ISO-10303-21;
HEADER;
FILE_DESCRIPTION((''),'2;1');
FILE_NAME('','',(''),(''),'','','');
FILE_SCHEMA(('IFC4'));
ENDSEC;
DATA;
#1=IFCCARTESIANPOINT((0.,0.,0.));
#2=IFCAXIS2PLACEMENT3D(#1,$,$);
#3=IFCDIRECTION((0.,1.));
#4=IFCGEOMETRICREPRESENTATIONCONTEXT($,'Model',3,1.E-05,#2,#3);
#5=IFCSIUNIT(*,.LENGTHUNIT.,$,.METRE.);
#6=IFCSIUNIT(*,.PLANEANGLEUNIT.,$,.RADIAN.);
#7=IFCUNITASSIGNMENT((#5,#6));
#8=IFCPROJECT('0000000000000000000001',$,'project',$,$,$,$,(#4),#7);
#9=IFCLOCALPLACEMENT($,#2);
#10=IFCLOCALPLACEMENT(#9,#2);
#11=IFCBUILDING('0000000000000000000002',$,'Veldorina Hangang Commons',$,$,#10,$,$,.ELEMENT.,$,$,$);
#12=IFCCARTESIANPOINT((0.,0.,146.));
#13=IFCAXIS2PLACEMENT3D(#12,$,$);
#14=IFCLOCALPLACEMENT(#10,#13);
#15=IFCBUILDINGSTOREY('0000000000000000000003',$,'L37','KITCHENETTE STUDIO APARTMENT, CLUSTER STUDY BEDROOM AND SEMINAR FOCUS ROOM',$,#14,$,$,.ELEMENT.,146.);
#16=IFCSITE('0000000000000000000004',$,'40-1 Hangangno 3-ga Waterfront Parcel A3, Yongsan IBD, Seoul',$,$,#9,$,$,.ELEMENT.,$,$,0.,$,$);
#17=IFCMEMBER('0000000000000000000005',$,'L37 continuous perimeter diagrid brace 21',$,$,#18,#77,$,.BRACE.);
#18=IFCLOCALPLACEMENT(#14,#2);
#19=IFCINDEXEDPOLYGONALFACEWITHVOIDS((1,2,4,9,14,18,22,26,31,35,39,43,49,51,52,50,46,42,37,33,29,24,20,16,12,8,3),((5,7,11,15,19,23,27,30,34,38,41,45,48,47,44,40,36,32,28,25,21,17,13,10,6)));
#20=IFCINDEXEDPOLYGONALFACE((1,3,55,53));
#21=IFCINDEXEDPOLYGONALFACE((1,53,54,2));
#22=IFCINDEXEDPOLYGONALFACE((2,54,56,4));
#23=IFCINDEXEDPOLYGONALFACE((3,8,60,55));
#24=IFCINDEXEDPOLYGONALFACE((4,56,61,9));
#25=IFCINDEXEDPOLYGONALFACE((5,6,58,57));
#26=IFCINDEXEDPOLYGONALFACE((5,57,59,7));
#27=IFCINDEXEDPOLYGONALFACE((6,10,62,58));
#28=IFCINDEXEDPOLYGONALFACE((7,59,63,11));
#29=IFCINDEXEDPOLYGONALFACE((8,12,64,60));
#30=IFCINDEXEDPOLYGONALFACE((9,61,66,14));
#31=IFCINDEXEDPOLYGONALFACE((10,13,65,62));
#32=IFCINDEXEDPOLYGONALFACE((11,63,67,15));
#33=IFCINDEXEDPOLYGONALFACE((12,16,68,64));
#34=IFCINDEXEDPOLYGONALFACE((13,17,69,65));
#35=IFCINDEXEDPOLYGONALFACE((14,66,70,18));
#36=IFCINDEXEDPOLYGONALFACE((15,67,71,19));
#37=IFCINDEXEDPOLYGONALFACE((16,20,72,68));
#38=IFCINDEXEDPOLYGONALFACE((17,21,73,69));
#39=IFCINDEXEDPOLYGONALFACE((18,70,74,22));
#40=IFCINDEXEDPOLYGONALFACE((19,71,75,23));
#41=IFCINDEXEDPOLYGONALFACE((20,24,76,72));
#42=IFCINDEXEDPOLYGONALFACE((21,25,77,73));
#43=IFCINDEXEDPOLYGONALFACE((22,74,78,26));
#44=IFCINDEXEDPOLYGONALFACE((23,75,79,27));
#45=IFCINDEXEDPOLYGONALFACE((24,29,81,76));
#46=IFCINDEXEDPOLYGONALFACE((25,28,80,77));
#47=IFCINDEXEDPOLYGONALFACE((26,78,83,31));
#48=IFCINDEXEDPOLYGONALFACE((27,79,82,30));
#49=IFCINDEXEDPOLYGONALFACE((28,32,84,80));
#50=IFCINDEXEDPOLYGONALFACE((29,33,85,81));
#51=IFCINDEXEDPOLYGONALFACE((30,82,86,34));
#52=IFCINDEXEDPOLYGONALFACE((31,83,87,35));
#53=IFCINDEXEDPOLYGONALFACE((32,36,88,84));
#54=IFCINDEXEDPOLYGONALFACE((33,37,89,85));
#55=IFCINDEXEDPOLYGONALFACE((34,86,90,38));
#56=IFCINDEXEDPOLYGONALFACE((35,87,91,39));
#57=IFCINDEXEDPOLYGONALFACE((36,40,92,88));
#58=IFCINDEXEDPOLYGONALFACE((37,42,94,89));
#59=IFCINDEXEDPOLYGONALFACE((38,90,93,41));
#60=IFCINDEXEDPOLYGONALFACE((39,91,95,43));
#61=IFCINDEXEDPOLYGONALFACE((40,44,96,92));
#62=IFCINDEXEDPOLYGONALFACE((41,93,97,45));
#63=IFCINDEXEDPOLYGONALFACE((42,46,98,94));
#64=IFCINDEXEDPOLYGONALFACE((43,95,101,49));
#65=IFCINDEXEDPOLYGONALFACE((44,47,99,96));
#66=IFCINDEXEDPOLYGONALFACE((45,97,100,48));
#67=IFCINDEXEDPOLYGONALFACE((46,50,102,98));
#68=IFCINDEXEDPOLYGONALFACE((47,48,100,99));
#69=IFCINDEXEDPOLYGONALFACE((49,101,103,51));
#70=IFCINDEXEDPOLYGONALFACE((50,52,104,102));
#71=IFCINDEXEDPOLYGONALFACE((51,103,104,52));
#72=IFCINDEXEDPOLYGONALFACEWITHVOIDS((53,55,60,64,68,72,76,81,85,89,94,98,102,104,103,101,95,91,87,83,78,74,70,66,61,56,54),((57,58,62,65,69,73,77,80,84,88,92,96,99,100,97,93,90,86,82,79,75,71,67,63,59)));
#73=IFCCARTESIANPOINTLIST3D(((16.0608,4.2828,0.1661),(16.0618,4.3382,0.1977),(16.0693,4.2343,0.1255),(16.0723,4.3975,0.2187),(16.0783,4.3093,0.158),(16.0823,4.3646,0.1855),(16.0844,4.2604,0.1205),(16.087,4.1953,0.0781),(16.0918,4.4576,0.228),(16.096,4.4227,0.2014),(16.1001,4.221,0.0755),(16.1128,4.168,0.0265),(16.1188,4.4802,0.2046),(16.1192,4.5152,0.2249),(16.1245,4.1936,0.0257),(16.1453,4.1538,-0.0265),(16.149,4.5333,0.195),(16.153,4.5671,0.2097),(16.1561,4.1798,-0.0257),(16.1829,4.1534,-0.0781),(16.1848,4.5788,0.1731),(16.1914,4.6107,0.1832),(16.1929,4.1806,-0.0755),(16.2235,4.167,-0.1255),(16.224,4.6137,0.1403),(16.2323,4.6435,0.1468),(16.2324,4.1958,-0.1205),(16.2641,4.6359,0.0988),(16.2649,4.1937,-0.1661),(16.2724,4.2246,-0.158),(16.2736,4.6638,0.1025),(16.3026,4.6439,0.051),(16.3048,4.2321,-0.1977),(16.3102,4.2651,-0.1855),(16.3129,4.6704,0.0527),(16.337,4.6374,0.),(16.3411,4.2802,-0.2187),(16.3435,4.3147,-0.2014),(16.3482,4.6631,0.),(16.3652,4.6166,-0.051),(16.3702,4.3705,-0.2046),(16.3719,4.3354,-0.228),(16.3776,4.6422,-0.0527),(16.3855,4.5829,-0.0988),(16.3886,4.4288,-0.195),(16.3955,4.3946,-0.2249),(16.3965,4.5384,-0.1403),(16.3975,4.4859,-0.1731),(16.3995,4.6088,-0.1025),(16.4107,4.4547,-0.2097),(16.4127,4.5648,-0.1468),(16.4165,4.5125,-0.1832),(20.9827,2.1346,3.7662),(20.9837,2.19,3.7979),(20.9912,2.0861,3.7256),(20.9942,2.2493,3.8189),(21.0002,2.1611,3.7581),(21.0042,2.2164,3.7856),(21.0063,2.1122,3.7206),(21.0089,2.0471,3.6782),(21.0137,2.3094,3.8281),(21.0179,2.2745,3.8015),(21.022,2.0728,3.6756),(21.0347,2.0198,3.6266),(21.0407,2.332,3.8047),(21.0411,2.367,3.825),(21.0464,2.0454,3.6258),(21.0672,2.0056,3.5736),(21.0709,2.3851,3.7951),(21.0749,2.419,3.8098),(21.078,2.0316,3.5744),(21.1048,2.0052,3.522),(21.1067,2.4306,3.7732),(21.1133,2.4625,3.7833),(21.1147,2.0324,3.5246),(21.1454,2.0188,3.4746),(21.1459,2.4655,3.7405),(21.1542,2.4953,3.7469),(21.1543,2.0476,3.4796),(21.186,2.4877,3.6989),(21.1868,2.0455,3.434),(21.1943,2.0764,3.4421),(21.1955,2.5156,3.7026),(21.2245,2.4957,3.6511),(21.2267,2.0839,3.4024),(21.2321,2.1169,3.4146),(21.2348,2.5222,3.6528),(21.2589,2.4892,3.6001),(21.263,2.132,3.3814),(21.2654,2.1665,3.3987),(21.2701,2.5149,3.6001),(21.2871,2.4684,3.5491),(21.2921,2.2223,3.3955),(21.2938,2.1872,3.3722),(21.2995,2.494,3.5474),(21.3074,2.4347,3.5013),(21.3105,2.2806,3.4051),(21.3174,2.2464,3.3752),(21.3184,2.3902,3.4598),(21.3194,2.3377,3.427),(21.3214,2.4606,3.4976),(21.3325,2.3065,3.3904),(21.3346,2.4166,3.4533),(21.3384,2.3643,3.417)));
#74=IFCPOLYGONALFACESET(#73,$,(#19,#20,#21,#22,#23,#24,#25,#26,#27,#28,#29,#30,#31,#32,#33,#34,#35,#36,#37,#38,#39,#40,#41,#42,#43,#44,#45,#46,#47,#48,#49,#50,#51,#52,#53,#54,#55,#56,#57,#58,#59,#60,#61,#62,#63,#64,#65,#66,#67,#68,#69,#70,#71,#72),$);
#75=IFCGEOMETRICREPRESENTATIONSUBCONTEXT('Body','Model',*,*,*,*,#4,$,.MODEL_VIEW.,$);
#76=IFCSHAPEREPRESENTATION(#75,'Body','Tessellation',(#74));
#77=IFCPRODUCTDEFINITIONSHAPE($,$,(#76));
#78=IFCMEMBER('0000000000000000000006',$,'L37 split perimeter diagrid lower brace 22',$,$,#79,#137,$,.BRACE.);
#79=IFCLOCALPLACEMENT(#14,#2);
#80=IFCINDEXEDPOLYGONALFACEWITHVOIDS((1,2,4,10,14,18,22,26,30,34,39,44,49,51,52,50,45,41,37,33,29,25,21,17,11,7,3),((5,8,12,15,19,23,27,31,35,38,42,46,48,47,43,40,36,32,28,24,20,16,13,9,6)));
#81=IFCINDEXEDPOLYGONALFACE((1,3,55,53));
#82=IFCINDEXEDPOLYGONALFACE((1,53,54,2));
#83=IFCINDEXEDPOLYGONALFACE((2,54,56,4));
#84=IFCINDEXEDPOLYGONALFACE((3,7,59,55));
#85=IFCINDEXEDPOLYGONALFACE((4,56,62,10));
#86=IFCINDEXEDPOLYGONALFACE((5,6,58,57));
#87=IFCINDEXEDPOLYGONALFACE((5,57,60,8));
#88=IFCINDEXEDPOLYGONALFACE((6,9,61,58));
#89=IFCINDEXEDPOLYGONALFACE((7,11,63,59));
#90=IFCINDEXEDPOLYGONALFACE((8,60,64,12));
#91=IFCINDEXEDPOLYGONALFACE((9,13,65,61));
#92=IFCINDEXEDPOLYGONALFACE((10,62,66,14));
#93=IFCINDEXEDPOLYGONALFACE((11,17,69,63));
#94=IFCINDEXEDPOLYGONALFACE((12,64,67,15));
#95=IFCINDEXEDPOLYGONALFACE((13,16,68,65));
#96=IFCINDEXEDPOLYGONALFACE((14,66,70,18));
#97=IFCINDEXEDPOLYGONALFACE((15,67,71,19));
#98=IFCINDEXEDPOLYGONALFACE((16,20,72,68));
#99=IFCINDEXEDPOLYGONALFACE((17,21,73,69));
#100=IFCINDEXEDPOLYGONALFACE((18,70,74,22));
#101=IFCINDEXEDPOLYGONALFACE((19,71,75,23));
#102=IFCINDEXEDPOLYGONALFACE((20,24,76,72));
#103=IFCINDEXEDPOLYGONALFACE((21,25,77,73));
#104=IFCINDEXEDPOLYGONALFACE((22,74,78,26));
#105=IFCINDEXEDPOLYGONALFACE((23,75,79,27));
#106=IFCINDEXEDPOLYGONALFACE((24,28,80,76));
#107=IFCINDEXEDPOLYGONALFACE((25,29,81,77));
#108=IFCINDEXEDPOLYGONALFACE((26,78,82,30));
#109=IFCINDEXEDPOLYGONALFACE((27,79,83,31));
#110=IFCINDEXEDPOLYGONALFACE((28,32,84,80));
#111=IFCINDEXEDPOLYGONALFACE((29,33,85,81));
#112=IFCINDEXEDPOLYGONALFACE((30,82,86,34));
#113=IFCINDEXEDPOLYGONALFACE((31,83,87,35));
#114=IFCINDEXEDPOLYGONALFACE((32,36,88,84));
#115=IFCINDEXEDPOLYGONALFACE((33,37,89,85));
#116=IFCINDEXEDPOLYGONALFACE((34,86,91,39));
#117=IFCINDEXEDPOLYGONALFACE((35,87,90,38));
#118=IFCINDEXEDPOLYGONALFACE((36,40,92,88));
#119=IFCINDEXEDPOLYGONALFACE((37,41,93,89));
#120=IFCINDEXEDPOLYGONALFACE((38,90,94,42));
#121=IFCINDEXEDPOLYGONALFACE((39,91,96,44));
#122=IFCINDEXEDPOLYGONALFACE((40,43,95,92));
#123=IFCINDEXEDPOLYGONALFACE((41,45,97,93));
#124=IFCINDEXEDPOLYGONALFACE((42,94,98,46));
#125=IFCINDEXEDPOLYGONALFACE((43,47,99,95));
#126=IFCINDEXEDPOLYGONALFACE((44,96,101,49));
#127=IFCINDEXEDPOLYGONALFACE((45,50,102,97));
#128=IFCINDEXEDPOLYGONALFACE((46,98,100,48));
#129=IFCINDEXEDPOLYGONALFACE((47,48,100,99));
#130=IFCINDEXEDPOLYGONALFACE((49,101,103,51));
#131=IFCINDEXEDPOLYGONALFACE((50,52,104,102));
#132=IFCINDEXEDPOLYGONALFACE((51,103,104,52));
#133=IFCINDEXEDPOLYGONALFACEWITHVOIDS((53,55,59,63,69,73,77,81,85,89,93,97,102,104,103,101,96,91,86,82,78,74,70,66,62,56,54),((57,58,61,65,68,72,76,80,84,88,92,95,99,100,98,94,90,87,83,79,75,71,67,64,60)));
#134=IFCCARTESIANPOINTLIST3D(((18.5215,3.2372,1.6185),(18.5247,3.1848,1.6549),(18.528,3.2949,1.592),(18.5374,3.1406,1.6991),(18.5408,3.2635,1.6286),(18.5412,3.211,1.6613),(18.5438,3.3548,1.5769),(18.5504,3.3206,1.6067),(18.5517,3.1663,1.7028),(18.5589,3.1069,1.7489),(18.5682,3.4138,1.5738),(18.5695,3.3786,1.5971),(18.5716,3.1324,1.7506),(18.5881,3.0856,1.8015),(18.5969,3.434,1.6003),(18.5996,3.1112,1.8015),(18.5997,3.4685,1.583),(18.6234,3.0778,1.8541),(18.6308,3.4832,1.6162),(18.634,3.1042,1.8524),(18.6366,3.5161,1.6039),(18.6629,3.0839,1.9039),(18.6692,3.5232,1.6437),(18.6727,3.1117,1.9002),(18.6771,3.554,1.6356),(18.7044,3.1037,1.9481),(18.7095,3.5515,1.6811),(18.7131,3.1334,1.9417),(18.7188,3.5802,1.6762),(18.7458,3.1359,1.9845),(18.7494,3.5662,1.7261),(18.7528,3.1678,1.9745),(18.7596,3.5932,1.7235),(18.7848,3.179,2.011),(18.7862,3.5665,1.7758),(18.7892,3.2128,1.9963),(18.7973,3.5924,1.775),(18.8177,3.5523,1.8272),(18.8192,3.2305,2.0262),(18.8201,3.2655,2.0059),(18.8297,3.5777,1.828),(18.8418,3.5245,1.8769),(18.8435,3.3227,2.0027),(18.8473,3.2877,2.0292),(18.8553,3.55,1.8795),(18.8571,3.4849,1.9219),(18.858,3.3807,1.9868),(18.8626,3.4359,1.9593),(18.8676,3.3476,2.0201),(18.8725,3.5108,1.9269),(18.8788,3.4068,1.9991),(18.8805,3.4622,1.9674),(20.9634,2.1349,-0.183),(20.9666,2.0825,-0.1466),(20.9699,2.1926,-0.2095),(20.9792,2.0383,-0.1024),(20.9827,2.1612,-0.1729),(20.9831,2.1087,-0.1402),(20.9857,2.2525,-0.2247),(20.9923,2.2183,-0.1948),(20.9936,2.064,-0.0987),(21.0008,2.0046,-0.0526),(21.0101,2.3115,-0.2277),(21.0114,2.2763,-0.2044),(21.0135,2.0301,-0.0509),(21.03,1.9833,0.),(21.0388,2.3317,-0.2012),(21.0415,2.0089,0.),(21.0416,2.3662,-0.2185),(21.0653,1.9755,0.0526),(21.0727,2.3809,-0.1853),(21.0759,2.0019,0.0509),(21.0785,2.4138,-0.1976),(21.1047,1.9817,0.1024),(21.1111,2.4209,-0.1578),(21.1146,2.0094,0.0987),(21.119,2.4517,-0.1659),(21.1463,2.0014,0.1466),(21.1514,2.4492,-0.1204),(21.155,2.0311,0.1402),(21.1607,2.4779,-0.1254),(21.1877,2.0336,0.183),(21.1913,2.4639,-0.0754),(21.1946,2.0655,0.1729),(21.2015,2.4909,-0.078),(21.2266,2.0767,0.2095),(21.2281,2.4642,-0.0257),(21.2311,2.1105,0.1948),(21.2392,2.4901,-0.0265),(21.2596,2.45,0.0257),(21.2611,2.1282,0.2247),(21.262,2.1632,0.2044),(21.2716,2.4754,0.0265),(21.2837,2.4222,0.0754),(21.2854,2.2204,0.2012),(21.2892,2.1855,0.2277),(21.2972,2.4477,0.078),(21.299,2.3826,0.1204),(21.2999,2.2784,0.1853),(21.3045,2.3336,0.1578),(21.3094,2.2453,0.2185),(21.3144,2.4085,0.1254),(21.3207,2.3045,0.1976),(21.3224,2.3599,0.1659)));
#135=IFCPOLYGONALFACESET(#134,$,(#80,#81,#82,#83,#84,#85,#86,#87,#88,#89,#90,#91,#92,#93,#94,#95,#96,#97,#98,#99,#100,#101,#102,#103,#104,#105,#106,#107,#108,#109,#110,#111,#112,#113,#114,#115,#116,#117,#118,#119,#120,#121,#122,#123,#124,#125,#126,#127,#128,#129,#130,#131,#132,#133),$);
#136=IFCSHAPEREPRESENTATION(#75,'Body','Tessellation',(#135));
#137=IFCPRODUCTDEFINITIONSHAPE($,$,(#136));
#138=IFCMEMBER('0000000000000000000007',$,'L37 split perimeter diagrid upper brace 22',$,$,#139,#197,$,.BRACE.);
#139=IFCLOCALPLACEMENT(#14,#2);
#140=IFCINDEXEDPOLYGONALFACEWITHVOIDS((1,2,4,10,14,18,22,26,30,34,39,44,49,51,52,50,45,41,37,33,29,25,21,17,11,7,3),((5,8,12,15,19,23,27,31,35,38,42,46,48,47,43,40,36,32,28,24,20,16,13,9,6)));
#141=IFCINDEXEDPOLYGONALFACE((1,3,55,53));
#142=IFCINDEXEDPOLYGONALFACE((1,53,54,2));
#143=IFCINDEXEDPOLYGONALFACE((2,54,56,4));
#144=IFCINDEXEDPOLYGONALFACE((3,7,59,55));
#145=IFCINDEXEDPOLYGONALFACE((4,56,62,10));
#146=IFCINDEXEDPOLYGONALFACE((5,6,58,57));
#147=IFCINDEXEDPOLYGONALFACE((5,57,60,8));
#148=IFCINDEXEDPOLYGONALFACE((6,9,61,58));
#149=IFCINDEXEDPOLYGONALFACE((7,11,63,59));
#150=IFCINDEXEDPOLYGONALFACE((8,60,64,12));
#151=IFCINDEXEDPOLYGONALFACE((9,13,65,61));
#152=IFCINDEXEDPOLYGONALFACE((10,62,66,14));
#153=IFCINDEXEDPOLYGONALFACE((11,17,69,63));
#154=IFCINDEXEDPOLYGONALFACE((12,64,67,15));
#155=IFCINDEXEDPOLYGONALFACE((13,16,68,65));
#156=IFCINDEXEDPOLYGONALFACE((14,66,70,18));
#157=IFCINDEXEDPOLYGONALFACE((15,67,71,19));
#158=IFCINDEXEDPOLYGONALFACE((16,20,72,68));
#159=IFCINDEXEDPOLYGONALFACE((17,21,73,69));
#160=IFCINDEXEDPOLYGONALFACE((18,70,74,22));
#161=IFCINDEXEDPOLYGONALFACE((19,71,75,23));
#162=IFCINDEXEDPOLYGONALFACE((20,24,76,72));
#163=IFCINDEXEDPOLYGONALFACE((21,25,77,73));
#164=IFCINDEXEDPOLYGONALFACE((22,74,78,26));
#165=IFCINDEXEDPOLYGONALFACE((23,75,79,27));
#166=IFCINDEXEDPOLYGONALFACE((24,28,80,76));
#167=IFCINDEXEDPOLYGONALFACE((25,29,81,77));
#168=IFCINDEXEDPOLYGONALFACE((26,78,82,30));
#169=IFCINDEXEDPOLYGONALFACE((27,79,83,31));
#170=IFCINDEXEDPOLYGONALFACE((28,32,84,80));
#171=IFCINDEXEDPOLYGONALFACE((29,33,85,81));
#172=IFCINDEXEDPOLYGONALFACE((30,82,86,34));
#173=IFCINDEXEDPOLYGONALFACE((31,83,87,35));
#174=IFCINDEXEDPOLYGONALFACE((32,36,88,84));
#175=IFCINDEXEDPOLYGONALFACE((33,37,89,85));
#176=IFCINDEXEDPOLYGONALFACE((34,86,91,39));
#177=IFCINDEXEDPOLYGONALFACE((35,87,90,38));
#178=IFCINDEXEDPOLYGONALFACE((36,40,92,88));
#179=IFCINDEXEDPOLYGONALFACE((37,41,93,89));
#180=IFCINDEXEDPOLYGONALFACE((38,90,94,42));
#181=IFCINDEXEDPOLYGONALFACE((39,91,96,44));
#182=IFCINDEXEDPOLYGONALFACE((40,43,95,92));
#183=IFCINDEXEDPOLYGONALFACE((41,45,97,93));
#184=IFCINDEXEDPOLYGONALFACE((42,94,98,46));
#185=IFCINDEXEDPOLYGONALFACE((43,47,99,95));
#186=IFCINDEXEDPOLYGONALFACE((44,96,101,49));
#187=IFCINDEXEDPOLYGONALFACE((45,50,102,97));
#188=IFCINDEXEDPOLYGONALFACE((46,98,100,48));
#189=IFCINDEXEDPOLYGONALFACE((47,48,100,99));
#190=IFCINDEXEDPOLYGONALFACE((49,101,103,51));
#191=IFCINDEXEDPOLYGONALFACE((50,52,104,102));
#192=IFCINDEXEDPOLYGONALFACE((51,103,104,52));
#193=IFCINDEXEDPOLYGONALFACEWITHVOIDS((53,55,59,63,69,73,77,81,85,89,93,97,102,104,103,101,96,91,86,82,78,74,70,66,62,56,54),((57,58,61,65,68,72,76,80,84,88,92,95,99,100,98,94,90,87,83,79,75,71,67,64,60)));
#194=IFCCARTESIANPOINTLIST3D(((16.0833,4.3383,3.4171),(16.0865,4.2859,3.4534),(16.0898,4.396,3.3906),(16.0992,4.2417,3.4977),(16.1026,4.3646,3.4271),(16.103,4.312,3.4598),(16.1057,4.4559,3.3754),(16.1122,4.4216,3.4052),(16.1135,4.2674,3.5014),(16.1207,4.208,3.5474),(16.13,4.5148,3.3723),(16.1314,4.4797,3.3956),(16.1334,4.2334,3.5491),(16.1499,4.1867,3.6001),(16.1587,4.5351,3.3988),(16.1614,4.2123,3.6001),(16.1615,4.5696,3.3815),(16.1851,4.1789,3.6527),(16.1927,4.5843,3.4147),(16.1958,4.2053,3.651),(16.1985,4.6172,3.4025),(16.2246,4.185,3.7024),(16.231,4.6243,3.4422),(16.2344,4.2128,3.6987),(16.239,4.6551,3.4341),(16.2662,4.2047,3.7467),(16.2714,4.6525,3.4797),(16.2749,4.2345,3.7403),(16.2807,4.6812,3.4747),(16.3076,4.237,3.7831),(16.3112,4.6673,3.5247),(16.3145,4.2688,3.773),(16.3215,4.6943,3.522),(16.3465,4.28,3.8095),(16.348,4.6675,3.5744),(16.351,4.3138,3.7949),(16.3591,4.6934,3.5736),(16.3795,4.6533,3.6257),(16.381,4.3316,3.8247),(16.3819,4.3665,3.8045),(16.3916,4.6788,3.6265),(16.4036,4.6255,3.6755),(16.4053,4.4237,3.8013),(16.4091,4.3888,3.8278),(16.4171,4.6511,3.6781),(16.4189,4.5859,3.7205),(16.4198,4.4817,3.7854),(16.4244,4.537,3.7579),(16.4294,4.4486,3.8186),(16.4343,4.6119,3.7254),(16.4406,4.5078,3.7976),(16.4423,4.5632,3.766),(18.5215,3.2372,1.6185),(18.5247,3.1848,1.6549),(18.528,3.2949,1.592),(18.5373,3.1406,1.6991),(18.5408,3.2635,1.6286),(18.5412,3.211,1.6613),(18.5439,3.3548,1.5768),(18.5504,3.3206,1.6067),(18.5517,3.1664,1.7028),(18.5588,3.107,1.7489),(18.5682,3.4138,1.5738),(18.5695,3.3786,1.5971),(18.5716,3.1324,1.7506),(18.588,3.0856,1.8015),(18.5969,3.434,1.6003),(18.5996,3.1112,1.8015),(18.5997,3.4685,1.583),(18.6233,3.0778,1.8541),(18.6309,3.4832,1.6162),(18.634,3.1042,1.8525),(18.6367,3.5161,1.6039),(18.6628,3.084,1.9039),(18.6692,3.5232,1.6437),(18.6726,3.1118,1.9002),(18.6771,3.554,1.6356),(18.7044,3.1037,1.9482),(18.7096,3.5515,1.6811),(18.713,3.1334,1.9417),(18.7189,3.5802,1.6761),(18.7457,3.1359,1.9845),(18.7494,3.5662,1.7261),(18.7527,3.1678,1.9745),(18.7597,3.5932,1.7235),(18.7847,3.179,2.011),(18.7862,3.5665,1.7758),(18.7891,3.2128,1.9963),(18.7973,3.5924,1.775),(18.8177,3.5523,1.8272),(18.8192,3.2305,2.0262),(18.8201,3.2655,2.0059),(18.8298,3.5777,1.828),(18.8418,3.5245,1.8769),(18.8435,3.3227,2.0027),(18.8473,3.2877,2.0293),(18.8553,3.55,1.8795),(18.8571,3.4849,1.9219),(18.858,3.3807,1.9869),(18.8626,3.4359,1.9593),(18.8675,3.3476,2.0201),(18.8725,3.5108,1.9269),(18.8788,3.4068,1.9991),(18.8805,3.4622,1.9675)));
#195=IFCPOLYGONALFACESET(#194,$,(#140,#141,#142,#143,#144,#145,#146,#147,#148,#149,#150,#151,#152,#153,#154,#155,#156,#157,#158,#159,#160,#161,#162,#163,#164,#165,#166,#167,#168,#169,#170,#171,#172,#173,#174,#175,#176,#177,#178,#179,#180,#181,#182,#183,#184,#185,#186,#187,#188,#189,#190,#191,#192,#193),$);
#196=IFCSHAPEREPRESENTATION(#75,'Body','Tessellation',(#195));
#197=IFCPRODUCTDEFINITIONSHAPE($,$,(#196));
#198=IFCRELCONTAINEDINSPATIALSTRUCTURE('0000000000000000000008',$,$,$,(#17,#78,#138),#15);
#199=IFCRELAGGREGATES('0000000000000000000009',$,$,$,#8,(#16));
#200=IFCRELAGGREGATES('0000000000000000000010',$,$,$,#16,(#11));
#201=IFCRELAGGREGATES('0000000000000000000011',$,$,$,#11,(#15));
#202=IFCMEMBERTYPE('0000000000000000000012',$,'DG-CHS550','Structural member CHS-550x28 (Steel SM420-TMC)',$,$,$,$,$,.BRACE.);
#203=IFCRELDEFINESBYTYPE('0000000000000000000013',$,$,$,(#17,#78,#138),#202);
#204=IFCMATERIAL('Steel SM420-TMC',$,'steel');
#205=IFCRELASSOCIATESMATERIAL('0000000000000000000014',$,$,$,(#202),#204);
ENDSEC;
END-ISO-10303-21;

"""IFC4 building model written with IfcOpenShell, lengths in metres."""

from ifc_helpers import new_model, si_unit, direction, frame, origin, origin_2d, place, context, subcontext, project, spatial, hollow_circle, extrude, material, material_profile, profile_set, type_object, element, save


model = new_model("IFC4")

# Units and contexts
model_context = context("Model", 3, precision=1e-05, world=origin(), true_north=direction((0.0, 1.0)))
body_context = subcontext(model_context, "Body", "Model", "MODEL_VIEW")
ifc_project = project(units=[si_unit("LENGTHUNIT", "METRE"), si_unit("PLANEANGLEUNIT", "RADIAN")], contexts=[model_context])

# Site, building, storey
site_placement = place(None, origin())
site = spatial("IfcSite", under=ifc_project, at=site_placement, Name="40-1 Hangangno 3-ga Waterfront Parcel A3, Yongsan IBD, Seoul", CompositionType="ELEMENT", RefElevation=0.0)
building_placement = place(site_placement, origin())
building = spatial("IfcBuilding", under=site, at=building_placement, Name="Veldorina Hangang Commons", CompositionType="ELEMENT")
storey_placement = place(building_placement, frame((0.0, 0.0, 146.0)))
storey = spatial("IfcBuildingStorey", under=building, at=storey_placement, Name="L37", Description="KITCHENETTE STUDIO APARTMENT, CLUSTER STUDY BEDROOM AND SEMINAR FOCUS ROOM", CompositionType="ELEMENT", Elevation=146.0)

# Shared definitions
ifc_material_1 = material(Name="Steel SM420-TMC", Category="steel")

# Members
ifc_material_profile_1 = material_profile(ifc_material_1, hollow_circle(Radius=0.2749, WallThickness=0.0281, at=origin_2d()), Name="CHS-550x28")
ifc_profile_set_1 = profile_set([ifc_material_profile_1], Name="Steel SM420-TMC")
member_type_1 = type_object("IfcMemberType", Name="DG-CHS550", Description="Structural member CHS-550x28 (Steel SM420-TMC)", PredefinedType="BRACE", material=ifc_profile_set_1)
member_1_placement = place(storey_placement, frame((16.2383, 4.4111, 0.0), z_axis=(0.761274, -0.332264, 0.556833), x_axis=(0.400017, 0.916508, 0.0)))
element("IfcMember", 1, at=member_1_placement, inside=storey, type_object=member_type_1, Name="L37 continuous perimeter diagrid brace 21", PredefinedType="BRACE", context=body_context, shape_type="SweptSolid", body=[
    extrude(hollow_circle(Radius=0.2749, WallThickness=0.0281, at=origin_2d()), origin(), (0.0, 0.0, 1.0), 6.4653),
])
member_2_placement = place(storey_placement, frame((21.1431, 2.2339, 0.0), z_axis=(-0.756351, 0.341424, 0.557999), x_axis=(-0.411433, -0.91144, 0.0)))
element("IfcMember", 2, at=member_2_placement, inside=storey, type_object=member_type_1, Name="L37 split perimeter diagrid lower brace 22", PredefinedType="BRACE", context=body_context, shape_type="SweptSolid", body=[
    extrude(hollow_circle(Radius=0.2749, WallThickness=0.0281, at=origin_2d()), origin(), (0.0, 0.0, 1.0), 3.2285),
])
member_3_placement = place(storey_placement, frame((18.7012, 3.3362, 1.8015), z_axis=(-0.756346, 0.341556, 0.557925), x_axis=(-0.411567, -0.911379, 0.0)))
element("IfcMember", 3, at=member_3_placement, inside=storey, type_object=member_type_1, Name="L37 split perimeter diagrid upper brace 22", PredefinedType="BRACE", context=body_context, shape_type="SweptSolid", body=[
    extrude(hollow_circle(Radius=0.2749, WallThickness=0.0281, at=origin_2d()), origin(), (0.0, 0.0, 1.0), 3.2236),
])

save(model, "model.ifc")
